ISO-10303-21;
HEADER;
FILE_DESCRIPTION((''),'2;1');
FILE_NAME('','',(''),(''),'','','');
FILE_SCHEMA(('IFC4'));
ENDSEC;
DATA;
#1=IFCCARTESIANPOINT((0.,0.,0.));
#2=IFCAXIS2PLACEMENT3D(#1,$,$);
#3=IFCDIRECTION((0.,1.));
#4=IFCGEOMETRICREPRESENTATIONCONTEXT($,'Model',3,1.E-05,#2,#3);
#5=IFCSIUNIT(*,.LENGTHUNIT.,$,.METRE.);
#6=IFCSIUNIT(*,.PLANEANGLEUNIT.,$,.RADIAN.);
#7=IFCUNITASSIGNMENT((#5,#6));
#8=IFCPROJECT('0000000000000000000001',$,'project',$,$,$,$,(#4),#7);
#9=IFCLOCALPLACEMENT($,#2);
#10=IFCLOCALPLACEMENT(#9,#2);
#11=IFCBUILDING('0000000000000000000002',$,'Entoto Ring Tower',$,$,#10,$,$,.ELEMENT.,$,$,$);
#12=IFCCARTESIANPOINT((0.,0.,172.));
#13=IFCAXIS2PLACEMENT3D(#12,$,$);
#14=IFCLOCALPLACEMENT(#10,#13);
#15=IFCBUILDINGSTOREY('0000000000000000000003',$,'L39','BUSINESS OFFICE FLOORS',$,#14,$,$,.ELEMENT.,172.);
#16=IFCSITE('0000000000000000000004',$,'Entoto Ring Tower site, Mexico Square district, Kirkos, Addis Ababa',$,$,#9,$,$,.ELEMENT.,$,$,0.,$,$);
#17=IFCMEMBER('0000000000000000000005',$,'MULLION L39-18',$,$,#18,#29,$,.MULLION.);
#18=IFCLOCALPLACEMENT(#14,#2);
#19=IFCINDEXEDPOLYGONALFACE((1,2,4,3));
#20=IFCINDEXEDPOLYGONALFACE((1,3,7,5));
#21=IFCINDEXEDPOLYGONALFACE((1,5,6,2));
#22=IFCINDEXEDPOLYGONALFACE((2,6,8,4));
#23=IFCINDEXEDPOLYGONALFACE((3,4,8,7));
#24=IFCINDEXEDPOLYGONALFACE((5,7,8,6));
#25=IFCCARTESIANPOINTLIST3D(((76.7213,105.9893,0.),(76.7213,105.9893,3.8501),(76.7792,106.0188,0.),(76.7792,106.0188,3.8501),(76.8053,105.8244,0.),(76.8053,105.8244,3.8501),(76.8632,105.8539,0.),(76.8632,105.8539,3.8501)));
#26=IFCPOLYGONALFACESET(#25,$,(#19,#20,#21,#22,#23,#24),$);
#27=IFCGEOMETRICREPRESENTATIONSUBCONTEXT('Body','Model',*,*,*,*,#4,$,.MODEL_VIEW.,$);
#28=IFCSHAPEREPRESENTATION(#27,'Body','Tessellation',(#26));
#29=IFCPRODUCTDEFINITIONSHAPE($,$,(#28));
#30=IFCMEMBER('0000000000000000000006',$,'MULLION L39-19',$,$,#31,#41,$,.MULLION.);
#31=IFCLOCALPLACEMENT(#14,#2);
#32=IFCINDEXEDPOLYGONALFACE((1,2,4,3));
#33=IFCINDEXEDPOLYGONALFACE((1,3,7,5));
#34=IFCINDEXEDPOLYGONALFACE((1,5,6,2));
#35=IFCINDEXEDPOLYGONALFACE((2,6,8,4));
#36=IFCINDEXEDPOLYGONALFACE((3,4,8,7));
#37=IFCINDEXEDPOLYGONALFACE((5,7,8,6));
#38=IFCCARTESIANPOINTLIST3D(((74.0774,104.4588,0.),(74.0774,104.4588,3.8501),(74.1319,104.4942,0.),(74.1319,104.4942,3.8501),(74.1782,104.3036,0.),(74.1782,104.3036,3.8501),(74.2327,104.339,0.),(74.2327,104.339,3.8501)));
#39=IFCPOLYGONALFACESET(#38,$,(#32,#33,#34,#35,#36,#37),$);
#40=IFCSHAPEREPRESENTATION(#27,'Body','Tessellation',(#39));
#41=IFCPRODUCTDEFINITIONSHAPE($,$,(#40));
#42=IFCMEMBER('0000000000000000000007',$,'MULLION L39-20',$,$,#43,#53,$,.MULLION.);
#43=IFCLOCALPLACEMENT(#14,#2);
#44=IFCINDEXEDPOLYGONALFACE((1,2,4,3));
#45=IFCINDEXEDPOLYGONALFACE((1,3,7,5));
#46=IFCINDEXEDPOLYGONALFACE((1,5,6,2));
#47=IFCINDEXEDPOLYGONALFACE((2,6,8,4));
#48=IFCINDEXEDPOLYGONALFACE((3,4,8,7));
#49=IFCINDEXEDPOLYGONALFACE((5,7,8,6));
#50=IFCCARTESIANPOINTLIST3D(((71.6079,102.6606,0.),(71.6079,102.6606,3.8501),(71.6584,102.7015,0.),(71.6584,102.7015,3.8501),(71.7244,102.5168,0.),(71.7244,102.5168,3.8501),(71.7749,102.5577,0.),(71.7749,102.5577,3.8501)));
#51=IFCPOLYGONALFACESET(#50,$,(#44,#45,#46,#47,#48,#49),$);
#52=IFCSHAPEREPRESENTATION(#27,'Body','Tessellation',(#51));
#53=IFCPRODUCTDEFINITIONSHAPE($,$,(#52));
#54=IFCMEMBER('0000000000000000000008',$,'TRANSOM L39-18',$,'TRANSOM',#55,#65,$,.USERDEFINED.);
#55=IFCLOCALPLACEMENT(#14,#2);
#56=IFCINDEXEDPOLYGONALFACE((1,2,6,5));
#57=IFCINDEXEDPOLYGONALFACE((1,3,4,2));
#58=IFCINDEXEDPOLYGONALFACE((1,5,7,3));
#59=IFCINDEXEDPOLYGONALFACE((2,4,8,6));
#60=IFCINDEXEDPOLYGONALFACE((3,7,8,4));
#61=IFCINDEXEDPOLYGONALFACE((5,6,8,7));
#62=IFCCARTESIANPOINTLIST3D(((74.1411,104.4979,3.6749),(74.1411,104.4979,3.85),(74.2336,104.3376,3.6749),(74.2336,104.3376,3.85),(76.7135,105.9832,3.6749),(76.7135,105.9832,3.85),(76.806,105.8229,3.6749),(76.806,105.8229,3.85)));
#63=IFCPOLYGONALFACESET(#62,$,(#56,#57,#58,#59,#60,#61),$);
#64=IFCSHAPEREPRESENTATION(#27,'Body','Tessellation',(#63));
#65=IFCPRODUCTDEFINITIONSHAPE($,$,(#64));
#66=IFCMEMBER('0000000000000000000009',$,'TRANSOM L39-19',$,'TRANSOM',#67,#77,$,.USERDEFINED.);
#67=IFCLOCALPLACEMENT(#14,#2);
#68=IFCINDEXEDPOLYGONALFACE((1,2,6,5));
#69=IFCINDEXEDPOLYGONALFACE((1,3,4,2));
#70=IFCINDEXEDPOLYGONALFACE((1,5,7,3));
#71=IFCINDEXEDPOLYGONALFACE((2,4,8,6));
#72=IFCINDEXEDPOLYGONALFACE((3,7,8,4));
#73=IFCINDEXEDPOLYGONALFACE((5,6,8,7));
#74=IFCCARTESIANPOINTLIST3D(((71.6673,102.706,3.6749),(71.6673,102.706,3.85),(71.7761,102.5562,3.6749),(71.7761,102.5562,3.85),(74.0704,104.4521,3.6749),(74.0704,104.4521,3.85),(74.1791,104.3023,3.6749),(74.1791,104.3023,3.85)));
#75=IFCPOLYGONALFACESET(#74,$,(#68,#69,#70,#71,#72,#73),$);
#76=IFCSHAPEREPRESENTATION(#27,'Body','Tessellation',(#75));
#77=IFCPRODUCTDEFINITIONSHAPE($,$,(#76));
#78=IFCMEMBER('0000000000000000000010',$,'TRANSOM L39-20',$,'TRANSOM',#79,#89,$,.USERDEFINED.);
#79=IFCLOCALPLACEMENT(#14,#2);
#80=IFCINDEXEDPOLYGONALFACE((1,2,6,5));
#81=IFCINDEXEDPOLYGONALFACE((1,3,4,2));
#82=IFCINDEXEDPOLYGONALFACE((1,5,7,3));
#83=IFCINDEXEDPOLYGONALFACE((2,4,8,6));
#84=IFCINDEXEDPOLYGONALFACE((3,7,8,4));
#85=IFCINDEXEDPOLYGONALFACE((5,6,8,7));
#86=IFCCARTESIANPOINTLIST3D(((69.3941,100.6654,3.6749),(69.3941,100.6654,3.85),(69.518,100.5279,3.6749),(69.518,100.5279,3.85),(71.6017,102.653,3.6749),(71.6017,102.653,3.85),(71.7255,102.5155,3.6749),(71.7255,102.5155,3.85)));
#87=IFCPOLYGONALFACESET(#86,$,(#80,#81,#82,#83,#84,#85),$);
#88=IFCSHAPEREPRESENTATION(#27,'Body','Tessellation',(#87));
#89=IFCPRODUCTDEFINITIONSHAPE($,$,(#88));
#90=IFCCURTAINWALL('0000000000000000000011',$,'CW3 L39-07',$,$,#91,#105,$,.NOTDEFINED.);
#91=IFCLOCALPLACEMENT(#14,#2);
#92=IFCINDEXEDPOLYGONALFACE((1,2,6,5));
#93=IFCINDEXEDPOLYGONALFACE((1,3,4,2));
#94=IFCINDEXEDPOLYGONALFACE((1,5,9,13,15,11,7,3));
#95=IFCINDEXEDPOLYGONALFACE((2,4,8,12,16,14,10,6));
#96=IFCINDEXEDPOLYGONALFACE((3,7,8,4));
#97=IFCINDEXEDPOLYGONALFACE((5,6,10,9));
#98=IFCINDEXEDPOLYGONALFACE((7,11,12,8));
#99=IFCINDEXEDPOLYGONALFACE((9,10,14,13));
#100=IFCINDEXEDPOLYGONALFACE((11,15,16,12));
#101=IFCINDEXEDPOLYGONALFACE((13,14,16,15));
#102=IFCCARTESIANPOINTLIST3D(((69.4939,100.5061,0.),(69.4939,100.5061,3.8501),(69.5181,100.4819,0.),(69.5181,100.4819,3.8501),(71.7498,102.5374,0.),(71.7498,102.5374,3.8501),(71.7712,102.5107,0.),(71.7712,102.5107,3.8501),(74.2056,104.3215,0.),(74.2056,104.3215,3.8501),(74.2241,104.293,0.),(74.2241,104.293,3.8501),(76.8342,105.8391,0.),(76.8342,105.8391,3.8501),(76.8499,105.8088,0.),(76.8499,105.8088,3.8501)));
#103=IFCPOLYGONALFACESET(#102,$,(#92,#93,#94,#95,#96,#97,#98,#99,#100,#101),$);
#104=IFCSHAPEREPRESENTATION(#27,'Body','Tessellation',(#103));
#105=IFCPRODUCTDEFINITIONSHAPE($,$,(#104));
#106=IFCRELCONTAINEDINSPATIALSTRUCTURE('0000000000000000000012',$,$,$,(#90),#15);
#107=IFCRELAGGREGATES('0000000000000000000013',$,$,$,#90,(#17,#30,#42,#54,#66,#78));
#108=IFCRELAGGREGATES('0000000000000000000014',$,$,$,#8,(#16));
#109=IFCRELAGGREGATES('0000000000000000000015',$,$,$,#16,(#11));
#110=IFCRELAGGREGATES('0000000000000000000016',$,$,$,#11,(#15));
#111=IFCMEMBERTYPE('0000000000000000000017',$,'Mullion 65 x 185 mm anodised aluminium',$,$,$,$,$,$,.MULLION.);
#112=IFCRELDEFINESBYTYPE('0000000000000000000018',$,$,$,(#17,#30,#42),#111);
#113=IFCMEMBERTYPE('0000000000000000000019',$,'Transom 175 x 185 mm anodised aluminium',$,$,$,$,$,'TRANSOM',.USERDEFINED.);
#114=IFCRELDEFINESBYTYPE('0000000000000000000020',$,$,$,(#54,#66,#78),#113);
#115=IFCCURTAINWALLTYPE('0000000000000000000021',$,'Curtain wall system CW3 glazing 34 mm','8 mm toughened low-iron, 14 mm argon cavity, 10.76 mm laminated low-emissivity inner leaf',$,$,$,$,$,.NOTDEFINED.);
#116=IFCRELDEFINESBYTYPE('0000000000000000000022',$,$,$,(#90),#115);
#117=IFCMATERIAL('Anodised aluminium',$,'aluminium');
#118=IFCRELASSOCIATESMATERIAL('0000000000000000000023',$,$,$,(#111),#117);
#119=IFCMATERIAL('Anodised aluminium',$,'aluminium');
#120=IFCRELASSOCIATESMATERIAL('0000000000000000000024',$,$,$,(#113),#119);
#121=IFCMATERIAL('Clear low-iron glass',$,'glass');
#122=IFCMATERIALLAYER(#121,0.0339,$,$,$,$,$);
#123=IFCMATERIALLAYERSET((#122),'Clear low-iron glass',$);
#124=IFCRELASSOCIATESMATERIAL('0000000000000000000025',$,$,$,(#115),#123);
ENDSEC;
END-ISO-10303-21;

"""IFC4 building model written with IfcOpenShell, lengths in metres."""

from ifc_helpers import new_model, si_unit, direction, frame, origin, origin_2d, place, context, subcontext, project, spatial, polyline, rectangle, outline, extrude, material, layer, layer_set, material_profile, profile_set, type_object, element, aggregate, save


model = new_model("IFC4")

# Units and contexts
model_context = context("Model", 3, precision=1e-05, world=origin(), true_north=direction((0.0, 1.0)))
body_context = subcontext(model_context, "Body", "Model", "MODEL_VIEW")
ifc_project = project(units=[si_unit("LENGTHUNIT", "METRE"), si_unit("PLANEANGLEUNIT", "RADIAN")], contexts=[model_context])

# Members
ifc_material_1 = material(Name="Anodised aluminium", Category="aluminium")
ifc_material_profile_1 = material_profile(ifc_material_1, rectangle(XDim=0.0649, YDim=0.1851, at=origin_2d()), Name="Mullion 65 x 185 mm anodised aluminium")
ifc_profile_set_1 = profile_set([ifc_material_profile_1], Name="Anodised aluminium")
member_type_1 = type_object("IfcMemberType", Name="Mullion 65 x 185 mm anodised aluminium", PredefinedType="MULLION", material=ifc_profile_set_1)
site_placement = place(None, origin())
building_placement = place(site_placement, origin())
storey_placement = place(building_placement, frame((0.0, 0.0, 172.0)))
member_1_placement = place(storey_placement, frame((76.7922, 105.9216, 0.0), z_axis=(0.0, 0.0, 1.0), x_axis=(-0.891007, -0.45399, 0.0)))
member_1 = element("IfcMember", 1, at=member_1_placement, type_object=member_type_1, Name="MULLION L39-18", PredefinedType="MULLION", context=body_context, shape_type="SweptSolid", body=[
    extrude(rectangle(XDim=0.0649, YDim=0.1851, at=origin_2d()), origin(), (0.0, 0.0, 1.0), 3.8501),
])
member_2_placement = place(storey_placement, frame((74.155, 104.3989, 0.0), z_axis=(0.0, 0.0, 1.0), x_axis=(-0.838671, -0.544639, 0.0)))
member_2 = element("IfcMember", 2, at=member_2_placement, type_object=member_type_1, Name="MULLION L39-19", PredefinedType="MULLION", context=body_context, shape_type="SweptSolid", body=[
    extrude(rectangle(XDim=0.0649, YDim=0.1851, at=origin_2d()), origin(), (0.0, 0.0, 1.0), 3.8501),
])
member_3_placement = place(storey_placement, frame((71.6914, 102.6091, 0.0), z_axis=(0.0, 0.0, 1.0), x_axis=(-0.777146, -0.62932, 0.0)))
member_3 = element("IfcMember", 3, at=member_3_placement, type_object=member_type_1, Name="MULLION L39-20", PredefinedType="MULLION", context=body_context, shape_type="SweptSolid", body=[
    extrude(rectangle(XDim=0.0649, YDim=0.1851, at=origin_2d()), origin(), (0.0, 0.0, 1.0), 3.8501),
])
ifc_material_2 = material(Name="Anodised aluminium", Category="aluminium")
ifc_material_profile_2 = material_profile(ifc_material_2, rectangle(XDim=0.1851, YDim=0.175, at=origin_2d()), Name="Transom 175 x 185 mm anodised aluminium")
ifc_profile_set_2 = profile_set([ifc_material_profile_2], Name="Anodised aluminium")
member_type_2 = type_object("IfcMemberType", Name="Transom 175 x 185 mm anodised aluminium", ElementType="TRANSOM", PredefinedType="USERDEFINED", material=ifc_profile_set_2)
member_4_placement = place(storey_placement, frame((76.7598, 105.9031, 3.7625), z_axis=(-0.866009, -0.500028, 0.0), x_axis=(0.500028, -0.866009, 0.0)))
member_4 = element("IfcMember", 4, at=member_4_placement, type_object=member_type_2, Name="TRANSOM L39-18", ObjectType="TRANSOM", PredefinedType="USERDEFINED", context=body_context, shape_type="SweptSolid", body=[
    extrude(rectangle(XDim=0.1851, YDim=0.175, at=origin_2d()), origin(), (0.0, 0.0, 1.0), 2.9705),
])
member_5_placement = place(storey_placement, frame((74.1248, 104.3772, 3.7625), z_axis=(-0.808992, -0.58782, 0.0), x_axis=(0.58782, -0.808992, 0.0)))
member_5 = element("IfcMember", 5, at=member_5_placement, type_object=member_type_2, Name="TRANSOM L39-19", ObjectType="TRANSOM", PredefinedType="USERDEFINED", context=body_context, shape_type="SweptSolid", body=[
    extrude(rectangle(XDim=0.1851, YDim=0.175, at=origin_2d()), origin(), (0.0, 0.0, 1.0), 2.9705),
])
member_6_placement = place(storey_placement, frame((71.6636, 102.5842, 3.7625), z_axis=(-0.743163, -0.66911, 0.0), x_axis=(0.66911, -0.743163, 0.0)))
member_6 = element("IfcMember", 6, at=member_6_placement, type_object=member_type_2, Name="TRANSOM L39-20", ObjectType="TRANSOM", PredefinedType="USERDEFINED", context=body_context, shape_type="SweptSolid", body=[
    extrude(rectangle(XDim=0.1851, YDim=0.175, at=origin_2d()), origin(), (0.0, 0.0, 1.0), 2.9705),
])

# Site, building, storey
site = spatial("IfcSite", under=ifc_project, at=site_placement, Name="Entoto Ring Tower site, Mexico Square district, Kirkos, Addis Ababa", CompositionType="ELEMENT", RefElevation=0.0)
building = spatial("IfcBuilding", under=site, at=building_placement, Name="Entoto Ring Tower", CompositionType="ELEMENT")
storey = spatial("IfcBuildingStorey", under=building, at=storey_placement, Name="L39", Description="BUSINESS OFFICE FLOORS", CompositionType="ELEMENT", Elevation=172.0)

# Curtain wall
ifc_material_3 = material(Name="Clear low-iron glass", Category="glass")
ifc_layer = layer(ifc_material_3, 0.0339)
ifc_layer_set = layer_set([ifc_layer], Name="Clear low-iron glass")
curtain_wall_type = type_object("IfcCurtainWallType", Name="Curtain wall system CW3 glazing 34 mm", Description="8 mm toughened low-iron, 14 mm argon cavity, 10.76 mm laminated low-emissivity inner leaf", PredefinedType="NOTDEFINED", material=ifc_layer_set)
curtain_wall_1_placement = place(storey_placement, origin())
curtain_wall_1 = element("IfcCurtainWall", 7, at=curtain_wall_1_placement, inside=storey, type_object=curtain_wall_type, Name="CW3 L39-07", PredefinedType="NOTDEFINED", context=body_context, shape_type="SweptSolid", body=[
    extrude(outline(polyline([(76.8342, 105.8391), (74.2056, 104.3215), (71.7498, 102.5374), (69.4939, 100.5061), (69.5181, 100.4819), (71.7712, 102.5107), (74.2241, 104.293), (76.8499, 105.8088), (76.8342, 105.8391)])), origin(), (0.0, 0.0, 1.0), 3.8501),
])
aggregate(curtain_wall_1, [member_1, member_2, member_3, member_4, member_5, member_6])

save(model, "model.ifc")
